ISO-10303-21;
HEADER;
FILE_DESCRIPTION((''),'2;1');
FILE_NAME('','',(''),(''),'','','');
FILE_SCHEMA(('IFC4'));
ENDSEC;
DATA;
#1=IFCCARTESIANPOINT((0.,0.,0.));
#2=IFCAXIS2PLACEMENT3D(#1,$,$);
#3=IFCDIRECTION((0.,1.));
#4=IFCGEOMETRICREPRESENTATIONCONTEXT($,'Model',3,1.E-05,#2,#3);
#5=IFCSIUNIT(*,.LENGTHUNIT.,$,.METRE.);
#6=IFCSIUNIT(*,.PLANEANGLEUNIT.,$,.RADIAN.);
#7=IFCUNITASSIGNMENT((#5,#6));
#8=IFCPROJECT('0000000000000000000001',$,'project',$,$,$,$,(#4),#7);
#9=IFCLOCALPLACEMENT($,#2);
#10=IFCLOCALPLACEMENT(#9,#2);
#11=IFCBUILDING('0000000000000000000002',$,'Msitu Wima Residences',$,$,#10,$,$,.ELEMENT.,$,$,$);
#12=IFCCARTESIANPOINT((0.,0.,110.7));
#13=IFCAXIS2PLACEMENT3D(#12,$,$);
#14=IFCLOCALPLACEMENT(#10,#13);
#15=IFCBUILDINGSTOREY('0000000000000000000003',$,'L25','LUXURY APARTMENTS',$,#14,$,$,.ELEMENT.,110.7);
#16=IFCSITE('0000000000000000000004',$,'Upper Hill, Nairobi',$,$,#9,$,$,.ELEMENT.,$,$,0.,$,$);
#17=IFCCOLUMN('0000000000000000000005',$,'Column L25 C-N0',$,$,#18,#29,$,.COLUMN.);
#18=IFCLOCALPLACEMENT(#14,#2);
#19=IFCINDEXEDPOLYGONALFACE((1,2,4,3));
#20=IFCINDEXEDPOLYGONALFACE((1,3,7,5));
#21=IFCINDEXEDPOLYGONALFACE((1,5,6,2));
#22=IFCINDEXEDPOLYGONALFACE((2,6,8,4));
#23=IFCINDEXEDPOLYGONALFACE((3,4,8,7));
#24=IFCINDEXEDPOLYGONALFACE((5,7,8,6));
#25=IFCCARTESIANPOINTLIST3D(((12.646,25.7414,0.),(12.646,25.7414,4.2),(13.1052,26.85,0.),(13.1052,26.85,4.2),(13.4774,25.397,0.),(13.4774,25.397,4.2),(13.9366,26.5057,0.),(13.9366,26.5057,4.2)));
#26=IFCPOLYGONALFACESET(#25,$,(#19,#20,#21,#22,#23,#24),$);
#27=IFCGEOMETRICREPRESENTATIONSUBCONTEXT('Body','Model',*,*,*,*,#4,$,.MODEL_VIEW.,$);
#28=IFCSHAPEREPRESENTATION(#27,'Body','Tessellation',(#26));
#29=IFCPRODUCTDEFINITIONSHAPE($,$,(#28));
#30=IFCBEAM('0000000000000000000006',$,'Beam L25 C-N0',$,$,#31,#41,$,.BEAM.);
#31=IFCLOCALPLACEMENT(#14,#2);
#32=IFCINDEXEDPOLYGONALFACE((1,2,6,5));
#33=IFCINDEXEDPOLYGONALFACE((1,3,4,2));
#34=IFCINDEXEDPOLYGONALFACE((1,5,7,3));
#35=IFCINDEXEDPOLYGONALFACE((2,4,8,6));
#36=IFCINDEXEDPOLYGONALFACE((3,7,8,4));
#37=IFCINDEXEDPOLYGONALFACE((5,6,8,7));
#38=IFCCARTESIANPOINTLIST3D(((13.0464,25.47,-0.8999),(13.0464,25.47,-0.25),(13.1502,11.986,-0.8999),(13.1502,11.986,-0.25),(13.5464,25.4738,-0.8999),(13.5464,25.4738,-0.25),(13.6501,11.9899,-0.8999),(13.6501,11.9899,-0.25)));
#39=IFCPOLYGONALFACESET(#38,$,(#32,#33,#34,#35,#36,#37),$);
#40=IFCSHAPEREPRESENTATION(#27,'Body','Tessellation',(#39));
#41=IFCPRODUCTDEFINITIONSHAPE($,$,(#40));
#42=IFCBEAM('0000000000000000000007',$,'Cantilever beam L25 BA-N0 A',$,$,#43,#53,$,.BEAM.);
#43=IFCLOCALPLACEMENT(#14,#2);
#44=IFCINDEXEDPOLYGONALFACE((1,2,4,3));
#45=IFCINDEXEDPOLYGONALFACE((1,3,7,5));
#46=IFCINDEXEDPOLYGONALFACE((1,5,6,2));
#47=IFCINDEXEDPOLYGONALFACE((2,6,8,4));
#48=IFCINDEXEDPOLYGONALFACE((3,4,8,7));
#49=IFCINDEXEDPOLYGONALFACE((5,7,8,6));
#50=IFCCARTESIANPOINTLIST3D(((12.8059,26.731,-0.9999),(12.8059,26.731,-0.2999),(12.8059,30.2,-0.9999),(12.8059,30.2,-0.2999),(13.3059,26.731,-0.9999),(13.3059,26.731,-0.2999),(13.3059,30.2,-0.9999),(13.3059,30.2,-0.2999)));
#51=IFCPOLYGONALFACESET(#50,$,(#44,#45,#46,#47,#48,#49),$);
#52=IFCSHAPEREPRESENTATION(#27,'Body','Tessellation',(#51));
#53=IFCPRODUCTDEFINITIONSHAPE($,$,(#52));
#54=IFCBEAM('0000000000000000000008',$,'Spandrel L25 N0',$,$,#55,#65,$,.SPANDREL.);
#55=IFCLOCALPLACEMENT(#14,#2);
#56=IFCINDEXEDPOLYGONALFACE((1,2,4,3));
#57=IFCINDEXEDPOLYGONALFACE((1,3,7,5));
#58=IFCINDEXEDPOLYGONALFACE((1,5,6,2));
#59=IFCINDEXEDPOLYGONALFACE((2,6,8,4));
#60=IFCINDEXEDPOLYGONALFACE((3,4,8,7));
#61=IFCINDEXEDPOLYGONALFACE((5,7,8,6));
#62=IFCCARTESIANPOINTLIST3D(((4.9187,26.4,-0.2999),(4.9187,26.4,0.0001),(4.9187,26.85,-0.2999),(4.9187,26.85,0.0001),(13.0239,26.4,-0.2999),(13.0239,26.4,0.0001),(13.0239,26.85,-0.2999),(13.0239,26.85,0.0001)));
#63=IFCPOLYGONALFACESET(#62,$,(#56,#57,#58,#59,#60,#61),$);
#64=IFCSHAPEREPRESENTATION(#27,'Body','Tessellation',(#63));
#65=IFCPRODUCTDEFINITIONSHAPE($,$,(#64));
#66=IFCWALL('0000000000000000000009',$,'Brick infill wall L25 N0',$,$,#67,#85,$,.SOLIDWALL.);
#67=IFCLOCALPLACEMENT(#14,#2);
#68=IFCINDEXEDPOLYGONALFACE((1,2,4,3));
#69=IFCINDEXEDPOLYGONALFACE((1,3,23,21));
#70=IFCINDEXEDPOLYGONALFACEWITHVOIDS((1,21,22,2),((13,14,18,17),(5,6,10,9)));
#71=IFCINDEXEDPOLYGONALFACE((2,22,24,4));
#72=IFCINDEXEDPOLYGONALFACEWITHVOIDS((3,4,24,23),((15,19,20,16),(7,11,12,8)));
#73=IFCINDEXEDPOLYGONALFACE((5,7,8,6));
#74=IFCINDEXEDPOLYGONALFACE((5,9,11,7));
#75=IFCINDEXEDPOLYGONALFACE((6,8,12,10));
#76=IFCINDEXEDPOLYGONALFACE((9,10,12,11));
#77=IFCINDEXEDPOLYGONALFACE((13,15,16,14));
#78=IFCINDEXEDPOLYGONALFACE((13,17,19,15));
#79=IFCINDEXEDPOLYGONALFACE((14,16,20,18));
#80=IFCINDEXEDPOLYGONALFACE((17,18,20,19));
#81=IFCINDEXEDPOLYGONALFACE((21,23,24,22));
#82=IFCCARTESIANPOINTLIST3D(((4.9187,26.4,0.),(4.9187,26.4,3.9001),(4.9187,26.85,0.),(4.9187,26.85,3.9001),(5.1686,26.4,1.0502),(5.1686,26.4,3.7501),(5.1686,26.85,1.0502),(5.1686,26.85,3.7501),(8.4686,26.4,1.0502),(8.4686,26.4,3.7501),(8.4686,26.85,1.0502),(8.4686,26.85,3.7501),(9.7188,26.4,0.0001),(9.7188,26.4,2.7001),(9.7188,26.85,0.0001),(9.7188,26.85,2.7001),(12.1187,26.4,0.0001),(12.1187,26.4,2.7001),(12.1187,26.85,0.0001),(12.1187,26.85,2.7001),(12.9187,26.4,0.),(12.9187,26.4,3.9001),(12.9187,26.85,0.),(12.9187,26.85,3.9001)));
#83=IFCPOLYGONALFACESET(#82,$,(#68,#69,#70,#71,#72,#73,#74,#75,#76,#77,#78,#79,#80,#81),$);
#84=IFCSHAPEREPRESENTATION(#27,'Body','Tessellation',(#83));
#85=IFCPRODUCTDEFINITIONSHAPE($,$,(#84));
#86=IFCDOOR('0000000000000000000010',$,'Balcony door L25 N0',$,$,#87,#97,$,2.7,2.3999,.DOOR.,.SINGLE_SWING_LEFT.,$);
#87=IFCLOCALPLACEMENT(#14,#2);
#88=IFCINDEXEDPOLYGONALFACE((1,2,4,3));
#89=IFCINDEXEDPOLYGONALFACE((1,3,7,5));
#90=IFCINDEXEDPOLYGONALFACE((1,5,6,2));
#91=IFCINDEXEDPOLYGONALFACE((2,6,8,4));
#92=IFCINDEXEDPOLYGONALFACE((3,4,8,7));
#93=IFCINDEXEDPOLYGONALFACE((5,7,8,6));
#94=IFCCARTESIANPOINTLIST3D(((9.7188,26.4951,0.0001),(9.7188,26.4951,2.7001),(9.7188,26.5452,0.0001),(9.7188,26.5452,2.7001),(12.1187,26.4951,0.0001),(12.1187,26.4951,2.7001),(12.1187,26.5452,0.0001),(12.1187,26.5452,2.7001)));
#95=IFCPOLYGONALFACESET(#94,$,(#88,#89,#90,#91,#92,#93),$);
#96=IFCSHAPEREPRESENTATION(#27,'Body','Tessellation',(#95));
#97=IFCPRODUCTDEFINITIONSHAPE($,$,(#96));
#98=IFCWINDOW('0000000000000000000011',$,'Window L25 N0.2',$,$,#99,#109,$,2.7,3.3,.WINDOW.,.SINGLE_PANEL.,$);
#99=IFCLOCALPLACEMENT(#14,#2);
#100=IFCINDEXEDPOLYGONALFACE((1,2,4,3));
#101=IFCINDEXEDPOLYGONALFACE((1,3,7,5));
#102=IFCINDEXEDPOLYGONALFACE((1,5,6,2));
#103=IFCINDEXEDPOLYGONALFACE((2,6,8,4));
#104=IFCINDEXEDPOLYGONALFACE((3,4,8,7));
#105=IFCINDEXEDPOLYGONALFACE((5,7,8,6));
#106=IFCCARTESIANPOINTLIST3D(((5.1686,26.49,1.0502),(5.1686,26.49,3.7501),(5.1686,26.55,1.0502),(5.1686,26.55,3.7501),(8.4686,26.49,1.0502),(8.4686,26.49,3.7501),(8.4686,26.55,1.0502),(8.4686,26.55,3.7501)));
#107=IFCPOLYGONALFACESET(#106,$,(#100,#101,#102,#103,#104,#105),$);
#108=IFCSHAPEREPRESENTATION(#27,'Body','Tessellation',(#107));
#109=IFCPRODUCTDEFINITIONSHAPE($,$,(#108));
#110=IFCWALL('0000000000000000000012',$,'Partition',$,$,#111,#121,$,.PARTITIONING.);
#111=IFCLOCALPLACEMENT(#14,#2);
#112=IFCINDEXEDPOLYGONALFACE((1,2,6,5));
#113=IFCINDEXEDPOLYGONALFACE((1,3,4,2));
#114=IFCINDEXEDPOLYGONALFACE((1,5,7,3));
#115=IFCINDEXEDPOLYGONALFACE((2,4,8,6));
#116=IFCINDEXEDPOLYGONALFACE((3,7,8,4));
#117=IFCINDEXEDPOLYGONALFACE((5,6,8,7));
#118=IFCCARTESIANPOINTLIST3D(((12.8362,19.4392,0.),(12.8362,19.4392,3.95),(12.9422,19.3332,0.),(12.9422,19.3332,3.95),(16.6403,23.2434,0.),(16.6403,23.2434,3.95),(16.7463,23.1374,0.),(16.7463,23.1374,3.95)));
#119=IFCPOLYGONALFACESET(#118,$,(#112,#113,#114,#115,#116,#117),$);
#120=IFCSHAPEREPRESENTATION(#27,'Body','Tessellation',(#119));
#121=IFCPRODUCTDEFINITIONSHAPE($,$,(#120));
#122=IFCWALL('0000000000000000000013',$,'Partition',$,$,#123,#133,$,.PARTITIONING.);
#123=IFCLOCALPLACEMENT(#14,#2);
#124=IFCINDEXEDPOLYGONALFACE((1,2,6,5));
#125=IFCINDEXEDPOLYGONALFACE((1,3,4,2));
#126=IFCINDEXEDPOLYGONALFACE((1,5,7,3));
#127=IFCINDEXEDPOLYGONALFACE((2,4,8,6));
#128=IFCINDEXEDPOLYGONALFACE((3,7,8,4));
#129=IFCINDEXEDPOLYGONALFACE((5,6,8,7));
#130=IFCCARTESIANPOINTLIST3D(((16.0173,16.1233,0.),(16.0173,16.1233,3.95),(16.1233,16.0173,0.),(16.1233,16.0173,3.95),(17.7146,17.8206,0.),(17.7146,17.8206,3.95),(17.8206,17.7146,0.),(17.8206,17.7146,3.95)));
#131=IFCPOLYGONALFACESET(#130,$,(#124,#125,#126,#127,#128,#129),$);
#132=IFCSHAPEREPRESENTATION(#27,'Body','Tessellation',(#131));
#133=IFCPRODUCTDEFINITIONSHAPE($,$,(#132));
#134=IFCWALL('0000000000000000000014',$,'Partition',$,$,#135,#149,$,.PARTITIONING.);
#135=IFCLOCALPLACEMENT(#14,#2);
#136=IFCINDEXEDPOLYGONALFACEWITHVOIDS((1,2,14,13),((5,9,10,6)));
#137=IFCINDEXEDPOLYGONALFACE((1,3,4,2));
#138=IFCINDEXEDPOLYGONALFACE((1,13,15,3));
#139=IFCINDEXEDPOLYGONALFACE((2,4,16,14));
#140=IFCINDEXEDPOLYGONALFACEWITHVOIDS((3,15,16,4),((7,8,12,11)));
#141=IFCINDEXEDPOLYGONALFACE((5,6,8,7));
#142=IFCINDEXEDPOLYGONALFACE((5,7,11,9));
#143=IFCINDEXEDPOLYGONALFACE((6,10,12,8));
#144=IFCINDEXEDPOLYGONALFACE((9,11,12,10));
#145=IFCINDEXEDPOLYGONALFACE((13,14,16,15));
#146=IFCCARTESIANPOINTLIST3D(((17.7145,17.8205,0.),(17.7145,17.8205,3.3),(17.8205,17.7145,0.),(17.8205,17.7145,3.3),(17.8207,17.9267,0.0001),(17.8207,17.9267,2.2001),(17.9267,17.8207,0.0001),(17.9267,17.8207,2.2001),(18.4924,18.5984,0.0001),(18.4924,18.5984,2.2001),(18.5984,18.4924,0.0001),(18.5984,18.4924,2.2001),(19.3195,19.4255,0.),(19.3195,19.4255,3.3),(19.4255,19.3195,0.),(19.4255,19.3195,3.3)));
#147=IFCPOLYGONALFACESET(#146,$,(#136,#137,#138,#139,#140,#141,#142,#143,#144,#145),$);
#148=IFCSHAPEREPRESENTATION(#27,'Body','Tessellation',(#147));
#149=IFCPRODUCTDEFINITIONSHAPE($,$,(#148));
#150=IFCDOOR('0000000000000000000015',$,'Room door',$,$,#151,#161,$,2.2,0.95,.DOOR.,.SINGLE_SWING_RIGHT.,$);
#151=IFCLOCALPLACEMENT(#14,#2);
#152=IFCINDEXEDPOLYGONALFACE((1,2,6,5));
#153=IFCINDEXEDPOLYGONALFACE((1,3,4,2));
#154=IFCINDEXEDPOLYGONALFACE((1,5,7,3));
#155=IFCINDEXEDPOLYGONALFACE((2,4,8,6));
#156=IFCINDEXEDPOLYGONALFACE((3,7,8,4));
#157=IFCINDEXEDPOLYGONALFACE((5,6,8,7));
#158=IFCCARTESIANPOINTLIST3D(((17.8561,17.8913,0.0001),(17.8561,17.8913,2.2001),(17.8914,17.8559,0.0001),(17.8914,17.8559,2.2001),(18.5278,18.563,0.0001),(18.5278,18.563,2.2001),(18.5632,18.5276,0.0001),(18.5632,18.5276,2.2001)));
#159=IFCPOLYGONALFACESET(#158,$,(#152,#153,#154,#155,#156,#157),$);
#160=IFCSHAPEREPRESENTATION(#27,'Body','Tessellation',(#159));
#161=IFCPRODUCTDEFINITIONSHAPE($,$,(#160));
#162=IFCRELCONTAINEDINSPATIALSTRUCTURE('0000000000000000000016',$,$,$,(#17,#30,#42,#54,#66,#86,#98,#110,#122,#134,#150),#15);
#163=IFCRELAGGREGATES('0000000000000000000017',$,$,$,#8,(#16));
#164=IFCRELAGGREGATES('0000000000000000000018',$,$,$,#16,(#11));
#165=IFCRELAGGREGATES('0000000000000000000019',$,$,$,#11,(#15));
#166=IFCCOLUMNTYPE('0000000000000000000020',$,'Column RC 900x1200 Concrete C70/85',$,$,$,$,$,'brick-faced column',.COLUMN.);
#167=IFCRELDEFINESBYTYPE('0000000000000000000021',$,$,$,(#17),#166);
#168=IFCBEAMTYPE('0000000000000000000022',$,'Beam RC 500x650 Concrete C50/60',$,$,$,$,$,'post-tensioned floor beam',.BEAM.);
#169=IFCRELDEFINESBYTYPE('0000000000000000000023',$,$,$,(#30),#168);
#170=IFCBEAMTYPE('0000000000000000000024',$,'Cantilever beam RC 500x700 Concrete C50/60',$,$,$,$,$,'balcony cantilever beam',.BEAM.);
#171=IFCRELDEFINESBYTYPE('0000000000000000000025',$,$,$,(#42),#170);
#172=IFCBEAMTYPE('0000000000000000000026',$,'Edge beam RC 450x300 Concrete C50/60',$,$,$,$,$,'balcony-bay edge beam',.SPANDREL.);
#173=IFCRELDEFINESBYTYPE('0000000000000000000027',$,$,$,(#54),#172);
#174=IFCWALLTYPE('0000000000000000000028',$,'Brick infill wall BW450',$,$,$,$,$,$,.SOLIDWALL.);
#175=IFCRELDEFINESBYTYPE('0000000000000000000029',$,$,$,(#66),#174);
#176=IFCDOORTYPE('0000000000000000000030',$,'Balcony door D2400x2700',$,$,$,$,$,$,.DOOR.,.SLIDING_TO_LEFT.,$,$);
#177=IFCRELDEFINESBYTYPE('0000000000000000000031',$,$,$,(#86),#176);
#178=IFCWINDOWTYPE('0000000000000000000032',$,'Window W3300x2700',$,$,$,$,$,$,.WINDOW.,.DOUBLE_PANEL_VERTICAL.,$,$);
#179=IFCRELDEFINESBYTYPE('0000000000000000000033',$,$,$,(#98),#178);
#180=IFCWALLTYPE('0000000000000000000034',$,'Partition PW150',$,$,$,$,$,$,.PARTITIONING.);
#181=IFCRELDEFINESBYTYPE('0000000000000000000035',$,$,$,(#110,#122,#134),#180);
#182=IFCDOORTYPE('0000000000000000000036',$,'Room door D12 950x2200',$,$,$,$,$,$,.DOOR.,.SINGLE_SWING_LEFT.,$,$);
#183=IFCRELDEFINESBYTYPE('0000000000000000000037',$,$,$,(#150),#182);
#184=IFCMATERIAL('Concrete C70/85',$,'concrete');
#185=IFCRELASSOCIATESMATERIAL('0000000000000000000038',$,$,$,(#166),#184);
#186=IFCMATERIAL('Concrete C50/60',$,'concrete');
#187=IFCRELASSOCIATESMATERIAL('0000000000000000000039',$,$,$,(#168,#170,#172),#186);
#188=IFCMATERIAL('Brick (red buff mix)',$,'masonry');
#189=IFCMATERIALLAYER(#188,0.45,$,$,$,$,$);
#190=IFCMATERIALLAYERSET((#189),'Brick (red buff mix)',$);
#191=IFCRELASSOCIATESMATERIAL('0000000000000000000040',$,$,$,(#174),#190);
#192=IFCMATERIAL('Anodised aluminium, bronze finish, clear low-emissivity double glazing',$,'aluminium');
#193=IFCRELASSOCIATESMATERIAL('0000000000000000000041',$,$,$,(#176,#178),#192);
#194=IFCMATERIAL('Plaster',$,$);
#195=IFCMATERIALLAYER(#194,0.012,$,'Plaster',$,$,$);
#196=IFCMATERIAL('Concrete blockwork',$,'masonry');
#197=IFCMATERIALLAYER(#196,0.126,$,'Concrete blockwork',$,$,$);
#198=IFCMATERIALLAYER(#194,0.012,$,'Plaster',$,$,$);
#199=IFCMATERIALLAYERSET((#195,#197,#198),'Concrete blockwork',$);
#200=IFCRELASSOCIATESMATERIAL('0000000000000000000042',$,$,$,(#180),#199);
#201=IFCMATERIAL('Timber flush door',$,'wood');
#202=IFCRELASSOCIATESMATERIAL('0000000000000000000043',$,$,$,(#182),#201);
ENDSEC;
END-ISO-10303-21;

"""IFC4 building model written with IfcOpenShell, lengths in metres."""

from ifc_helpers import new_model, si_unit, direction, frame, frame_2d, origin, origin_2d, place, context, subcontext, project, spatial, rectangle, extrude, material, layer, layer_set, material_profile, profile_set, type_object, element, fill, save


model = new_model("IFC4")

# Units and contexts
model_context = context("Model", 3, precision=1e-05, world=origin(), true_north=direction((0.0, 1.0)))
body_context = subcontext(model_context, "Body", "Model", "MODEL_VIEW")
ifc_project = project(units=[si_unit("LENGTHUNIT", "METRE"), si_unit("PLANEANGLEUNIT", "RADIAN")], contexts=[model_context])

# Site, building, storey
site_placement = place(None, origin())
site = spatial("IfcSite", under=ifc_project, at=site_placement, Name="Upper Hill, Nairobi", CompositionType="ELEMENT", RefElevation=0.0)
building_placement = place(site_placement, origin())
building = spatial("IfcBuilding", under=site, at=building_placement, Name="Msitu Wima Residences", CompositionType="ELEMENT")
storey_placement = place(building_placement, frame((0.0, 0.0, 110.7)))
storey = spatial("IfcBuildingStorey", under=building, at=storey_placement, Name="L25", Description="LUXURY APARTMENTS", CompositionType="ELEMENT", Elevation=110.7)

# Column
ifc_material_1 = material(Name="Concrete C70/85", Category="concrete")
ifc_material_profile_1 = material_profile(ifc_material_1, rectangle(XDim=0.8999, YDim=1.2, at=origin_2d()), Name="RC 900x1200")
ifc_profile_set_1 = profile_set([ifc_material_profile_1], Name="Concrete C70/85")
column_type = type_object("IfcColumnType", Name="Column RC 900x1200 Concrete C70/85", ElementType="brick-faced column", PredefinedType="COLUMN", material=ifc_profile_set_1)
column_placement = place(storey_placement, frame((13.2913, 26.1235, 0.0), z_axis=(0.0, 0.0, 1.0), x_axis=(-0.92388, 0.382683, 0.0)))
element("IfcColumn", 1, at=column_placement, inside=storey, type_object=column_type, Name="Column L25 C-N0", PredefinedType="COLUMN", context=body_context, shape_type="SweptSolid", body=[
    extrude(rectangle(XDim=0.8999, YDim=1.2, at=origin_2d()), origin(), (0.0, 0.0, 1.0), 4.2),
])

# Beams
ifc_material_2 = material(Name="Concrete C50/60", Category="concrete")
ifc_material_profile_2 = material_profile(ifc_material_2, rectangle(XDim=0.5, YDim=0.6499, at=origin_2d()), Name="RC 500x650")
ifc_profile_set_2 = profile_set([ifc_material_profile_2], Name="Concrete C50/60")
beam_type_1 = type_object("IfcBeamType", Name="Beam RC 500x650 Concrete C50/60", ElementType="post-tensioned floor beam", PredefinedType="BEAM", material=ifc_profile_set_2)
beam_1_placement = place(storey_placement, frame((13.2964, 25.4719, -0.575), z_axis=(0.007695, -0.99997, 0.0), x_axis=(0.99997, 0.007695, 0.0)))
element("IfcBeam", 2, at=beam_1_placement, inside=storey, type_object=beam_type_1, Name="Beam L25 C-N0", PredefinedType="BEAM", context=body_context, shape_type="SweptSolid", body=[
    extrude(rectangle(XDim=0.5, YDim=0.6499, at=origin_2d()), origin(), (0.0, 0.0, 1.0), 13.4844),
])
ifc_material_profile_3 = material_profile(ifc_material_2, rectangle(XDim=0.5, YDim=0.7, at=origin_2d()), Name="RC 500x700")
ifc_profile_set_3 = profile_set([ifc_material_profile_3], Name="Concrete C50/60")
beam_type_2 = type_object("IfcBeamType", Name="Cantilever beam RC 500x700 Concrete C50/60", ElementType="balcony cantilever beam", PredefinedType="BEAM", material=ifc_profile_set_3)
beam_2_placement = place(storey_placement, frame((13.0559, 26.731, -0.6499), z_axis=(0.0, 1.0, 0.0), x_axis=(-1.0, 0.0, 0.0)))
element("IfcBeam", 3, at=beam_2_placement, inside=storey, type_object=beam_type_2, Name="Cantilever beam L25 BA-N0 A", PredefinedType="BEAM", context=body_context, shape_type="SweptSolid", body=[
    extrude(rectangle(XDim=0.5, YDim=0.7, at=origin_2d()), origin(), (0.0, 0.0, 1.0), 3.469),
])
ifc_material_profile_4 = material_profile(ifc_material_2, rectangle(XDim=0.45, YDim=0.3, at=origin_2d()), Name="RC 450x300")
ifc_profile_set_4 = profile_set([ifc_material_profile_4], Name="Concrete C50/60")
beam_type_3 = type_object("IfcBeamType", Name="Edge beam RC 450x300 Concrete C50/60", ElementType="balcony-bay edge beam", PredefinedType="SPANDREL", material=ifc_profile_set_4)
beam_3_placement = place(storey_placement, frame((13.0239, 26.625, -0.1499), z_axis=(-1.0, 0.0, 0.0), x_axis=(0.0, -1.0, 0.0)))
element("IfcBeam", 4, at=beam_3_placement, inside=storey, type_object=beam_type_3, Name="Spandrel L25 N0", PredefinedType="SPANDREL", context=body_context, shape_type="SweptSolid", body=[
    extrude(rectangle(XDim=0.45, YDim=0.3, at=origin_2d()), origin(), (0.0, 0.0, 1.0), 8.1052),
])

# Wall, openings, door, window
ifc_material_3 = material(Name="Brick (red buff mix)", Category="masonry")
ifc_layer_1 = layer(ifc_material_3, 0.45)
ifc_layer_set_1 = layer_set([ifc_layer_1], Name="Brick (red buff mix)")
wall_type_1 = type_object("IfcWallType", Name="Brick infill wall BW450", PredefinedType="SOLIDWALL", material=ifc_layer_set_1)
wall_1_placement = place(storey_placement, frame((12.9187, 26.625, 0.0), z_axis=(0.0, 0.0, 1.0), x_axis=(-1.0, 0.0, 0.0)))
wall_1 = element("IfcWall", 5, at=wall_1_placement, inside=storey, type_object=wall_type_1, Name="Brick infill wall L25 N0", PredefinedType="SOLIDWALL", context=body_context, shape_type="SweptSolid", body=[
    extrude(rectangle(XDim=8.0, YDim=0.45, at=frame_2d((4.0, 0.0))), origin(), (0.0, 0.0, 1.0), 3.9001),
])
opening_1_placement = place(wall_1_placement, frame((0.8, 0.0, 0.0)))
opening_1 = element("IfcOpeningElement", 6, at=opening_1_placement, cuts=wall_1, PredefinedType="OPENING", context=body_context, shape_type="SweptSolid", body=[
    extrude(rectangle(XDim=2.3999, YDim=2.7, at=frame_2d((1.2, 1.3501))), frame((0.0, 0.2349, 0.0), z_axis=(0.0, -1.0, 0.0), x_axis=(1.0, 0.0, 0.0)), (0.0, 0.0, 1.0), 0.47),
])
opening_2_placement = place(wall_1_placement, frame((4.4502, 0.0, 1.05)))
opening_2 = element("IfcOpeningElement", 7, at=opening_2_placement, cuts=wall_1, PredefinedType="OPENING", context=body_context, shape_type="SweptSolid", body=[
    extrude(rectangle(XDim=3.3, YDim=2.7, at=frame_2d((1.6499, 1.3501))), frame((0.0, 0.2349, 0.0), z_axis=(0.0, -1.0, 0.0), x_axis=(1.0, 0.0, 0.0)), (0.0, 0.0, 1.0), 0.47),
])
ifc_material_4 = material(Name="Anodised aluminium, bronze finish, clear low-emissivity double glazing", Category="aluminium")
door_type_1 = type_object("IfcDoorType", Name="Balcony door D2400x2700", OperationType="SLIDING_TO_LEFT", PredefinedType="DOOR", material=ifc_material_4)
door_1_placement = place(opening_1_placement, origin())
door_1 = element("IfcDoor", 8, at=door_1_placement, inside=storey, type_object=door_type_1, Name="Balcony door L25 N0", OperationType="SINGLE_SWING_LEFT", OverallHeight=2.7, OverallWidth=2.3999, PredefinedType="DOOR", context=body_context, shape_type="SweptSolid", body=[
    extrude(rectangle(XDim=2.3999, YDim=2.7, at=frame_2d((1.2, 1.3501))), frame((0.0, 0.1299, 0.0), z_axis=(0.0, -1.0, 0.0), x_axis=(1.0, 0.0, 0.0)), (0.0, 0.0, 1.0), 0.05),
])
fill(opening_1, door_1)
window_type = type_object("IfcWindowType", Name="Window W3300x2700", PartitioningType="DOUBLE_PANEL_VERTICAL", PredefinedType="WINDOW", material=ifc_material_4)
window_placement = place(opening_2_placement, origin())
window = element("IfcWindow", 9, at=window_placement, inside=storey, type_object=window_type, Name="Window L25 N0.2", OverallHeight=2.7, OverallWidth=3.3, PartitioningType="SINGLE_PANEL", PredefinedType="WINDOW", context=body_context, shape_type="SweptSolid", body=[
    extrude(rectangle(XDim=3.3, YDim=2.7, at=frame_2d((1.6499, 1.3501))), frame((0.0, 0.135, 0.0), z_axis=(0.0, -1.0, 0.0), x_axis=(1.0, 0.0, 0.0)), (0.0, 0.0, 1.0), 0.0601),
])
fill(opening_2, window)

# Walls
ifc_material_5 = material(Name="Plaster")
ifc_layer_2 = layer(ifc_material_5, 0.012, Name="Plaster")
ifc_material_6 = material(Name="Concrete blockwork", Category="masonry")
ifc_layer_3 = layer(ifc_material_6, 0.126, Name="Concrete blockwork")
ifc_layer_4 = layer(ifc_material_5, 0.012, Name="Plaster")
ifc_layer_set_2 = layer_set([ifc_layer_2, ifc_layer_3, ifc_layer_4], Name="Concrete blockwork")
wall_type_2 = type_object("IfcWallType", Name="Partition PW150", PredefinedType="PARTITIONING", material=ifc_layer_set_2)
wall_2_placement = place(storey_placement, frame((12.8892, 19.3862, 0.0), z_axis=(0.0, 0.0, 1.0), x_axis=(0.707107, 0.707107, 0.0)))
element("IfcWall", 10, at=wall_2_placement, inside=storey, type_object=wall_type_2, Name="Partition", PredefinedType="PARTITIONING", context=body_context, shape_type="SweptSolid", body=[
    extrude(rectangle(XDim=5.3799, YDim=0.1499, at=frame_2d((2.6899, 0.0))), origin(), (0.0, 0.0, 1.0), 3.95),
])
wall_3_placement = place(storey_placement, frame((16.0703, 16.0703, 0.0), z_axis=(0.0, 0.0, 1.0), x_axis=(0.707107, 0.707107, 0.0)))
element("IfcWall", 11, at=wall_3_placement, inside=storey, type_object=wall_type_2, Name="Partition", PredefinedType="PARTITIONING", context=body_context, shape_type="SweptSolid", body=[
    extrude(rectangle(XDim=2.4004, YDim=0.1499, at=frame_2d((1.2002, 0.0))), origin(), (0.0, 0.0, 1.0), 3.95),
])

# Wall, opening, door
wall_4_placement = place(storey_placement, frame((17.7676, 17.7676, 0.0), z_axis=(0.0, 0.0, 1.0), x_axis=(0.707107, 0.707107, 0.0)))
wall_4 = element("IfcWall", 12, at=wall_4_placement, inside=storey, type_object=wall_type_2, Name="Partition", PredefinedType="PARTITIONING", context=body_context, shape_type="SweptSolid", body=[
    extrude(rectangle(XDim=2.2698, YDim=0.1499, at=frame_2d((1.1348, 0.0))), origin(), (0.0, 0.0, 1.0), 3.3),
])
opening_3_placement = place(wall_4_placement, frame((0.1499, 0.0, 0.0)))
opening_3 = element("IfcOpeningElement", 13, at=opening_3_placement, cuts=wall_4, PredefinedType="OPENING", context=body_context, shape_type="SweptSolid", body=[
    extrude(rectangle(XDim=0.95, YDim=2.2, at=frame_2d((0.4751, 1.1001))), frame((0.0, 0.085, 0.0), z_axis=(0.0, -1.0, 0.0), x_axis=(1.0, 0.0, 0.0)), (0.0, 0.0, 1.0), 0.1699),
])
ifc_material_7 = material(Name="Timber flush door", Category="wood")
door_type_2 = type_object("IfcDoorType", Name="Room door D12 950x2200", OperationType="SINGLE_SWING_LEFT", PredefinedType="DOOR", material=ifc_material_7)
door_2_placement = place(opening_3_placement, origin())
door_2 = element("IfcDoor", 14, at=door_2_placement, inside=storey, type_object=door_type_2, Name="Room door", OperationType="SINGLE_SWING_RIGHT", OverallHeight=2.2, OverallWidth=0.95, PredefinedType="DOOR", context=body_context, shape_type="SweptSolid", body=[
    extrude(rectangle(XDim=0.95, YDim=2.2, at=frame_2d((0.4751, 1.1001))), frame((0.0, 0.0249, 0.0), z_axis=(0.0, -1.0, 0.0), x_axis=(1.0, 0.0, 0.0)), (0.0, 0.0, 1.0), 0.05),
])
fill(opening_3, door_2)

save(model, "model.ifc")
